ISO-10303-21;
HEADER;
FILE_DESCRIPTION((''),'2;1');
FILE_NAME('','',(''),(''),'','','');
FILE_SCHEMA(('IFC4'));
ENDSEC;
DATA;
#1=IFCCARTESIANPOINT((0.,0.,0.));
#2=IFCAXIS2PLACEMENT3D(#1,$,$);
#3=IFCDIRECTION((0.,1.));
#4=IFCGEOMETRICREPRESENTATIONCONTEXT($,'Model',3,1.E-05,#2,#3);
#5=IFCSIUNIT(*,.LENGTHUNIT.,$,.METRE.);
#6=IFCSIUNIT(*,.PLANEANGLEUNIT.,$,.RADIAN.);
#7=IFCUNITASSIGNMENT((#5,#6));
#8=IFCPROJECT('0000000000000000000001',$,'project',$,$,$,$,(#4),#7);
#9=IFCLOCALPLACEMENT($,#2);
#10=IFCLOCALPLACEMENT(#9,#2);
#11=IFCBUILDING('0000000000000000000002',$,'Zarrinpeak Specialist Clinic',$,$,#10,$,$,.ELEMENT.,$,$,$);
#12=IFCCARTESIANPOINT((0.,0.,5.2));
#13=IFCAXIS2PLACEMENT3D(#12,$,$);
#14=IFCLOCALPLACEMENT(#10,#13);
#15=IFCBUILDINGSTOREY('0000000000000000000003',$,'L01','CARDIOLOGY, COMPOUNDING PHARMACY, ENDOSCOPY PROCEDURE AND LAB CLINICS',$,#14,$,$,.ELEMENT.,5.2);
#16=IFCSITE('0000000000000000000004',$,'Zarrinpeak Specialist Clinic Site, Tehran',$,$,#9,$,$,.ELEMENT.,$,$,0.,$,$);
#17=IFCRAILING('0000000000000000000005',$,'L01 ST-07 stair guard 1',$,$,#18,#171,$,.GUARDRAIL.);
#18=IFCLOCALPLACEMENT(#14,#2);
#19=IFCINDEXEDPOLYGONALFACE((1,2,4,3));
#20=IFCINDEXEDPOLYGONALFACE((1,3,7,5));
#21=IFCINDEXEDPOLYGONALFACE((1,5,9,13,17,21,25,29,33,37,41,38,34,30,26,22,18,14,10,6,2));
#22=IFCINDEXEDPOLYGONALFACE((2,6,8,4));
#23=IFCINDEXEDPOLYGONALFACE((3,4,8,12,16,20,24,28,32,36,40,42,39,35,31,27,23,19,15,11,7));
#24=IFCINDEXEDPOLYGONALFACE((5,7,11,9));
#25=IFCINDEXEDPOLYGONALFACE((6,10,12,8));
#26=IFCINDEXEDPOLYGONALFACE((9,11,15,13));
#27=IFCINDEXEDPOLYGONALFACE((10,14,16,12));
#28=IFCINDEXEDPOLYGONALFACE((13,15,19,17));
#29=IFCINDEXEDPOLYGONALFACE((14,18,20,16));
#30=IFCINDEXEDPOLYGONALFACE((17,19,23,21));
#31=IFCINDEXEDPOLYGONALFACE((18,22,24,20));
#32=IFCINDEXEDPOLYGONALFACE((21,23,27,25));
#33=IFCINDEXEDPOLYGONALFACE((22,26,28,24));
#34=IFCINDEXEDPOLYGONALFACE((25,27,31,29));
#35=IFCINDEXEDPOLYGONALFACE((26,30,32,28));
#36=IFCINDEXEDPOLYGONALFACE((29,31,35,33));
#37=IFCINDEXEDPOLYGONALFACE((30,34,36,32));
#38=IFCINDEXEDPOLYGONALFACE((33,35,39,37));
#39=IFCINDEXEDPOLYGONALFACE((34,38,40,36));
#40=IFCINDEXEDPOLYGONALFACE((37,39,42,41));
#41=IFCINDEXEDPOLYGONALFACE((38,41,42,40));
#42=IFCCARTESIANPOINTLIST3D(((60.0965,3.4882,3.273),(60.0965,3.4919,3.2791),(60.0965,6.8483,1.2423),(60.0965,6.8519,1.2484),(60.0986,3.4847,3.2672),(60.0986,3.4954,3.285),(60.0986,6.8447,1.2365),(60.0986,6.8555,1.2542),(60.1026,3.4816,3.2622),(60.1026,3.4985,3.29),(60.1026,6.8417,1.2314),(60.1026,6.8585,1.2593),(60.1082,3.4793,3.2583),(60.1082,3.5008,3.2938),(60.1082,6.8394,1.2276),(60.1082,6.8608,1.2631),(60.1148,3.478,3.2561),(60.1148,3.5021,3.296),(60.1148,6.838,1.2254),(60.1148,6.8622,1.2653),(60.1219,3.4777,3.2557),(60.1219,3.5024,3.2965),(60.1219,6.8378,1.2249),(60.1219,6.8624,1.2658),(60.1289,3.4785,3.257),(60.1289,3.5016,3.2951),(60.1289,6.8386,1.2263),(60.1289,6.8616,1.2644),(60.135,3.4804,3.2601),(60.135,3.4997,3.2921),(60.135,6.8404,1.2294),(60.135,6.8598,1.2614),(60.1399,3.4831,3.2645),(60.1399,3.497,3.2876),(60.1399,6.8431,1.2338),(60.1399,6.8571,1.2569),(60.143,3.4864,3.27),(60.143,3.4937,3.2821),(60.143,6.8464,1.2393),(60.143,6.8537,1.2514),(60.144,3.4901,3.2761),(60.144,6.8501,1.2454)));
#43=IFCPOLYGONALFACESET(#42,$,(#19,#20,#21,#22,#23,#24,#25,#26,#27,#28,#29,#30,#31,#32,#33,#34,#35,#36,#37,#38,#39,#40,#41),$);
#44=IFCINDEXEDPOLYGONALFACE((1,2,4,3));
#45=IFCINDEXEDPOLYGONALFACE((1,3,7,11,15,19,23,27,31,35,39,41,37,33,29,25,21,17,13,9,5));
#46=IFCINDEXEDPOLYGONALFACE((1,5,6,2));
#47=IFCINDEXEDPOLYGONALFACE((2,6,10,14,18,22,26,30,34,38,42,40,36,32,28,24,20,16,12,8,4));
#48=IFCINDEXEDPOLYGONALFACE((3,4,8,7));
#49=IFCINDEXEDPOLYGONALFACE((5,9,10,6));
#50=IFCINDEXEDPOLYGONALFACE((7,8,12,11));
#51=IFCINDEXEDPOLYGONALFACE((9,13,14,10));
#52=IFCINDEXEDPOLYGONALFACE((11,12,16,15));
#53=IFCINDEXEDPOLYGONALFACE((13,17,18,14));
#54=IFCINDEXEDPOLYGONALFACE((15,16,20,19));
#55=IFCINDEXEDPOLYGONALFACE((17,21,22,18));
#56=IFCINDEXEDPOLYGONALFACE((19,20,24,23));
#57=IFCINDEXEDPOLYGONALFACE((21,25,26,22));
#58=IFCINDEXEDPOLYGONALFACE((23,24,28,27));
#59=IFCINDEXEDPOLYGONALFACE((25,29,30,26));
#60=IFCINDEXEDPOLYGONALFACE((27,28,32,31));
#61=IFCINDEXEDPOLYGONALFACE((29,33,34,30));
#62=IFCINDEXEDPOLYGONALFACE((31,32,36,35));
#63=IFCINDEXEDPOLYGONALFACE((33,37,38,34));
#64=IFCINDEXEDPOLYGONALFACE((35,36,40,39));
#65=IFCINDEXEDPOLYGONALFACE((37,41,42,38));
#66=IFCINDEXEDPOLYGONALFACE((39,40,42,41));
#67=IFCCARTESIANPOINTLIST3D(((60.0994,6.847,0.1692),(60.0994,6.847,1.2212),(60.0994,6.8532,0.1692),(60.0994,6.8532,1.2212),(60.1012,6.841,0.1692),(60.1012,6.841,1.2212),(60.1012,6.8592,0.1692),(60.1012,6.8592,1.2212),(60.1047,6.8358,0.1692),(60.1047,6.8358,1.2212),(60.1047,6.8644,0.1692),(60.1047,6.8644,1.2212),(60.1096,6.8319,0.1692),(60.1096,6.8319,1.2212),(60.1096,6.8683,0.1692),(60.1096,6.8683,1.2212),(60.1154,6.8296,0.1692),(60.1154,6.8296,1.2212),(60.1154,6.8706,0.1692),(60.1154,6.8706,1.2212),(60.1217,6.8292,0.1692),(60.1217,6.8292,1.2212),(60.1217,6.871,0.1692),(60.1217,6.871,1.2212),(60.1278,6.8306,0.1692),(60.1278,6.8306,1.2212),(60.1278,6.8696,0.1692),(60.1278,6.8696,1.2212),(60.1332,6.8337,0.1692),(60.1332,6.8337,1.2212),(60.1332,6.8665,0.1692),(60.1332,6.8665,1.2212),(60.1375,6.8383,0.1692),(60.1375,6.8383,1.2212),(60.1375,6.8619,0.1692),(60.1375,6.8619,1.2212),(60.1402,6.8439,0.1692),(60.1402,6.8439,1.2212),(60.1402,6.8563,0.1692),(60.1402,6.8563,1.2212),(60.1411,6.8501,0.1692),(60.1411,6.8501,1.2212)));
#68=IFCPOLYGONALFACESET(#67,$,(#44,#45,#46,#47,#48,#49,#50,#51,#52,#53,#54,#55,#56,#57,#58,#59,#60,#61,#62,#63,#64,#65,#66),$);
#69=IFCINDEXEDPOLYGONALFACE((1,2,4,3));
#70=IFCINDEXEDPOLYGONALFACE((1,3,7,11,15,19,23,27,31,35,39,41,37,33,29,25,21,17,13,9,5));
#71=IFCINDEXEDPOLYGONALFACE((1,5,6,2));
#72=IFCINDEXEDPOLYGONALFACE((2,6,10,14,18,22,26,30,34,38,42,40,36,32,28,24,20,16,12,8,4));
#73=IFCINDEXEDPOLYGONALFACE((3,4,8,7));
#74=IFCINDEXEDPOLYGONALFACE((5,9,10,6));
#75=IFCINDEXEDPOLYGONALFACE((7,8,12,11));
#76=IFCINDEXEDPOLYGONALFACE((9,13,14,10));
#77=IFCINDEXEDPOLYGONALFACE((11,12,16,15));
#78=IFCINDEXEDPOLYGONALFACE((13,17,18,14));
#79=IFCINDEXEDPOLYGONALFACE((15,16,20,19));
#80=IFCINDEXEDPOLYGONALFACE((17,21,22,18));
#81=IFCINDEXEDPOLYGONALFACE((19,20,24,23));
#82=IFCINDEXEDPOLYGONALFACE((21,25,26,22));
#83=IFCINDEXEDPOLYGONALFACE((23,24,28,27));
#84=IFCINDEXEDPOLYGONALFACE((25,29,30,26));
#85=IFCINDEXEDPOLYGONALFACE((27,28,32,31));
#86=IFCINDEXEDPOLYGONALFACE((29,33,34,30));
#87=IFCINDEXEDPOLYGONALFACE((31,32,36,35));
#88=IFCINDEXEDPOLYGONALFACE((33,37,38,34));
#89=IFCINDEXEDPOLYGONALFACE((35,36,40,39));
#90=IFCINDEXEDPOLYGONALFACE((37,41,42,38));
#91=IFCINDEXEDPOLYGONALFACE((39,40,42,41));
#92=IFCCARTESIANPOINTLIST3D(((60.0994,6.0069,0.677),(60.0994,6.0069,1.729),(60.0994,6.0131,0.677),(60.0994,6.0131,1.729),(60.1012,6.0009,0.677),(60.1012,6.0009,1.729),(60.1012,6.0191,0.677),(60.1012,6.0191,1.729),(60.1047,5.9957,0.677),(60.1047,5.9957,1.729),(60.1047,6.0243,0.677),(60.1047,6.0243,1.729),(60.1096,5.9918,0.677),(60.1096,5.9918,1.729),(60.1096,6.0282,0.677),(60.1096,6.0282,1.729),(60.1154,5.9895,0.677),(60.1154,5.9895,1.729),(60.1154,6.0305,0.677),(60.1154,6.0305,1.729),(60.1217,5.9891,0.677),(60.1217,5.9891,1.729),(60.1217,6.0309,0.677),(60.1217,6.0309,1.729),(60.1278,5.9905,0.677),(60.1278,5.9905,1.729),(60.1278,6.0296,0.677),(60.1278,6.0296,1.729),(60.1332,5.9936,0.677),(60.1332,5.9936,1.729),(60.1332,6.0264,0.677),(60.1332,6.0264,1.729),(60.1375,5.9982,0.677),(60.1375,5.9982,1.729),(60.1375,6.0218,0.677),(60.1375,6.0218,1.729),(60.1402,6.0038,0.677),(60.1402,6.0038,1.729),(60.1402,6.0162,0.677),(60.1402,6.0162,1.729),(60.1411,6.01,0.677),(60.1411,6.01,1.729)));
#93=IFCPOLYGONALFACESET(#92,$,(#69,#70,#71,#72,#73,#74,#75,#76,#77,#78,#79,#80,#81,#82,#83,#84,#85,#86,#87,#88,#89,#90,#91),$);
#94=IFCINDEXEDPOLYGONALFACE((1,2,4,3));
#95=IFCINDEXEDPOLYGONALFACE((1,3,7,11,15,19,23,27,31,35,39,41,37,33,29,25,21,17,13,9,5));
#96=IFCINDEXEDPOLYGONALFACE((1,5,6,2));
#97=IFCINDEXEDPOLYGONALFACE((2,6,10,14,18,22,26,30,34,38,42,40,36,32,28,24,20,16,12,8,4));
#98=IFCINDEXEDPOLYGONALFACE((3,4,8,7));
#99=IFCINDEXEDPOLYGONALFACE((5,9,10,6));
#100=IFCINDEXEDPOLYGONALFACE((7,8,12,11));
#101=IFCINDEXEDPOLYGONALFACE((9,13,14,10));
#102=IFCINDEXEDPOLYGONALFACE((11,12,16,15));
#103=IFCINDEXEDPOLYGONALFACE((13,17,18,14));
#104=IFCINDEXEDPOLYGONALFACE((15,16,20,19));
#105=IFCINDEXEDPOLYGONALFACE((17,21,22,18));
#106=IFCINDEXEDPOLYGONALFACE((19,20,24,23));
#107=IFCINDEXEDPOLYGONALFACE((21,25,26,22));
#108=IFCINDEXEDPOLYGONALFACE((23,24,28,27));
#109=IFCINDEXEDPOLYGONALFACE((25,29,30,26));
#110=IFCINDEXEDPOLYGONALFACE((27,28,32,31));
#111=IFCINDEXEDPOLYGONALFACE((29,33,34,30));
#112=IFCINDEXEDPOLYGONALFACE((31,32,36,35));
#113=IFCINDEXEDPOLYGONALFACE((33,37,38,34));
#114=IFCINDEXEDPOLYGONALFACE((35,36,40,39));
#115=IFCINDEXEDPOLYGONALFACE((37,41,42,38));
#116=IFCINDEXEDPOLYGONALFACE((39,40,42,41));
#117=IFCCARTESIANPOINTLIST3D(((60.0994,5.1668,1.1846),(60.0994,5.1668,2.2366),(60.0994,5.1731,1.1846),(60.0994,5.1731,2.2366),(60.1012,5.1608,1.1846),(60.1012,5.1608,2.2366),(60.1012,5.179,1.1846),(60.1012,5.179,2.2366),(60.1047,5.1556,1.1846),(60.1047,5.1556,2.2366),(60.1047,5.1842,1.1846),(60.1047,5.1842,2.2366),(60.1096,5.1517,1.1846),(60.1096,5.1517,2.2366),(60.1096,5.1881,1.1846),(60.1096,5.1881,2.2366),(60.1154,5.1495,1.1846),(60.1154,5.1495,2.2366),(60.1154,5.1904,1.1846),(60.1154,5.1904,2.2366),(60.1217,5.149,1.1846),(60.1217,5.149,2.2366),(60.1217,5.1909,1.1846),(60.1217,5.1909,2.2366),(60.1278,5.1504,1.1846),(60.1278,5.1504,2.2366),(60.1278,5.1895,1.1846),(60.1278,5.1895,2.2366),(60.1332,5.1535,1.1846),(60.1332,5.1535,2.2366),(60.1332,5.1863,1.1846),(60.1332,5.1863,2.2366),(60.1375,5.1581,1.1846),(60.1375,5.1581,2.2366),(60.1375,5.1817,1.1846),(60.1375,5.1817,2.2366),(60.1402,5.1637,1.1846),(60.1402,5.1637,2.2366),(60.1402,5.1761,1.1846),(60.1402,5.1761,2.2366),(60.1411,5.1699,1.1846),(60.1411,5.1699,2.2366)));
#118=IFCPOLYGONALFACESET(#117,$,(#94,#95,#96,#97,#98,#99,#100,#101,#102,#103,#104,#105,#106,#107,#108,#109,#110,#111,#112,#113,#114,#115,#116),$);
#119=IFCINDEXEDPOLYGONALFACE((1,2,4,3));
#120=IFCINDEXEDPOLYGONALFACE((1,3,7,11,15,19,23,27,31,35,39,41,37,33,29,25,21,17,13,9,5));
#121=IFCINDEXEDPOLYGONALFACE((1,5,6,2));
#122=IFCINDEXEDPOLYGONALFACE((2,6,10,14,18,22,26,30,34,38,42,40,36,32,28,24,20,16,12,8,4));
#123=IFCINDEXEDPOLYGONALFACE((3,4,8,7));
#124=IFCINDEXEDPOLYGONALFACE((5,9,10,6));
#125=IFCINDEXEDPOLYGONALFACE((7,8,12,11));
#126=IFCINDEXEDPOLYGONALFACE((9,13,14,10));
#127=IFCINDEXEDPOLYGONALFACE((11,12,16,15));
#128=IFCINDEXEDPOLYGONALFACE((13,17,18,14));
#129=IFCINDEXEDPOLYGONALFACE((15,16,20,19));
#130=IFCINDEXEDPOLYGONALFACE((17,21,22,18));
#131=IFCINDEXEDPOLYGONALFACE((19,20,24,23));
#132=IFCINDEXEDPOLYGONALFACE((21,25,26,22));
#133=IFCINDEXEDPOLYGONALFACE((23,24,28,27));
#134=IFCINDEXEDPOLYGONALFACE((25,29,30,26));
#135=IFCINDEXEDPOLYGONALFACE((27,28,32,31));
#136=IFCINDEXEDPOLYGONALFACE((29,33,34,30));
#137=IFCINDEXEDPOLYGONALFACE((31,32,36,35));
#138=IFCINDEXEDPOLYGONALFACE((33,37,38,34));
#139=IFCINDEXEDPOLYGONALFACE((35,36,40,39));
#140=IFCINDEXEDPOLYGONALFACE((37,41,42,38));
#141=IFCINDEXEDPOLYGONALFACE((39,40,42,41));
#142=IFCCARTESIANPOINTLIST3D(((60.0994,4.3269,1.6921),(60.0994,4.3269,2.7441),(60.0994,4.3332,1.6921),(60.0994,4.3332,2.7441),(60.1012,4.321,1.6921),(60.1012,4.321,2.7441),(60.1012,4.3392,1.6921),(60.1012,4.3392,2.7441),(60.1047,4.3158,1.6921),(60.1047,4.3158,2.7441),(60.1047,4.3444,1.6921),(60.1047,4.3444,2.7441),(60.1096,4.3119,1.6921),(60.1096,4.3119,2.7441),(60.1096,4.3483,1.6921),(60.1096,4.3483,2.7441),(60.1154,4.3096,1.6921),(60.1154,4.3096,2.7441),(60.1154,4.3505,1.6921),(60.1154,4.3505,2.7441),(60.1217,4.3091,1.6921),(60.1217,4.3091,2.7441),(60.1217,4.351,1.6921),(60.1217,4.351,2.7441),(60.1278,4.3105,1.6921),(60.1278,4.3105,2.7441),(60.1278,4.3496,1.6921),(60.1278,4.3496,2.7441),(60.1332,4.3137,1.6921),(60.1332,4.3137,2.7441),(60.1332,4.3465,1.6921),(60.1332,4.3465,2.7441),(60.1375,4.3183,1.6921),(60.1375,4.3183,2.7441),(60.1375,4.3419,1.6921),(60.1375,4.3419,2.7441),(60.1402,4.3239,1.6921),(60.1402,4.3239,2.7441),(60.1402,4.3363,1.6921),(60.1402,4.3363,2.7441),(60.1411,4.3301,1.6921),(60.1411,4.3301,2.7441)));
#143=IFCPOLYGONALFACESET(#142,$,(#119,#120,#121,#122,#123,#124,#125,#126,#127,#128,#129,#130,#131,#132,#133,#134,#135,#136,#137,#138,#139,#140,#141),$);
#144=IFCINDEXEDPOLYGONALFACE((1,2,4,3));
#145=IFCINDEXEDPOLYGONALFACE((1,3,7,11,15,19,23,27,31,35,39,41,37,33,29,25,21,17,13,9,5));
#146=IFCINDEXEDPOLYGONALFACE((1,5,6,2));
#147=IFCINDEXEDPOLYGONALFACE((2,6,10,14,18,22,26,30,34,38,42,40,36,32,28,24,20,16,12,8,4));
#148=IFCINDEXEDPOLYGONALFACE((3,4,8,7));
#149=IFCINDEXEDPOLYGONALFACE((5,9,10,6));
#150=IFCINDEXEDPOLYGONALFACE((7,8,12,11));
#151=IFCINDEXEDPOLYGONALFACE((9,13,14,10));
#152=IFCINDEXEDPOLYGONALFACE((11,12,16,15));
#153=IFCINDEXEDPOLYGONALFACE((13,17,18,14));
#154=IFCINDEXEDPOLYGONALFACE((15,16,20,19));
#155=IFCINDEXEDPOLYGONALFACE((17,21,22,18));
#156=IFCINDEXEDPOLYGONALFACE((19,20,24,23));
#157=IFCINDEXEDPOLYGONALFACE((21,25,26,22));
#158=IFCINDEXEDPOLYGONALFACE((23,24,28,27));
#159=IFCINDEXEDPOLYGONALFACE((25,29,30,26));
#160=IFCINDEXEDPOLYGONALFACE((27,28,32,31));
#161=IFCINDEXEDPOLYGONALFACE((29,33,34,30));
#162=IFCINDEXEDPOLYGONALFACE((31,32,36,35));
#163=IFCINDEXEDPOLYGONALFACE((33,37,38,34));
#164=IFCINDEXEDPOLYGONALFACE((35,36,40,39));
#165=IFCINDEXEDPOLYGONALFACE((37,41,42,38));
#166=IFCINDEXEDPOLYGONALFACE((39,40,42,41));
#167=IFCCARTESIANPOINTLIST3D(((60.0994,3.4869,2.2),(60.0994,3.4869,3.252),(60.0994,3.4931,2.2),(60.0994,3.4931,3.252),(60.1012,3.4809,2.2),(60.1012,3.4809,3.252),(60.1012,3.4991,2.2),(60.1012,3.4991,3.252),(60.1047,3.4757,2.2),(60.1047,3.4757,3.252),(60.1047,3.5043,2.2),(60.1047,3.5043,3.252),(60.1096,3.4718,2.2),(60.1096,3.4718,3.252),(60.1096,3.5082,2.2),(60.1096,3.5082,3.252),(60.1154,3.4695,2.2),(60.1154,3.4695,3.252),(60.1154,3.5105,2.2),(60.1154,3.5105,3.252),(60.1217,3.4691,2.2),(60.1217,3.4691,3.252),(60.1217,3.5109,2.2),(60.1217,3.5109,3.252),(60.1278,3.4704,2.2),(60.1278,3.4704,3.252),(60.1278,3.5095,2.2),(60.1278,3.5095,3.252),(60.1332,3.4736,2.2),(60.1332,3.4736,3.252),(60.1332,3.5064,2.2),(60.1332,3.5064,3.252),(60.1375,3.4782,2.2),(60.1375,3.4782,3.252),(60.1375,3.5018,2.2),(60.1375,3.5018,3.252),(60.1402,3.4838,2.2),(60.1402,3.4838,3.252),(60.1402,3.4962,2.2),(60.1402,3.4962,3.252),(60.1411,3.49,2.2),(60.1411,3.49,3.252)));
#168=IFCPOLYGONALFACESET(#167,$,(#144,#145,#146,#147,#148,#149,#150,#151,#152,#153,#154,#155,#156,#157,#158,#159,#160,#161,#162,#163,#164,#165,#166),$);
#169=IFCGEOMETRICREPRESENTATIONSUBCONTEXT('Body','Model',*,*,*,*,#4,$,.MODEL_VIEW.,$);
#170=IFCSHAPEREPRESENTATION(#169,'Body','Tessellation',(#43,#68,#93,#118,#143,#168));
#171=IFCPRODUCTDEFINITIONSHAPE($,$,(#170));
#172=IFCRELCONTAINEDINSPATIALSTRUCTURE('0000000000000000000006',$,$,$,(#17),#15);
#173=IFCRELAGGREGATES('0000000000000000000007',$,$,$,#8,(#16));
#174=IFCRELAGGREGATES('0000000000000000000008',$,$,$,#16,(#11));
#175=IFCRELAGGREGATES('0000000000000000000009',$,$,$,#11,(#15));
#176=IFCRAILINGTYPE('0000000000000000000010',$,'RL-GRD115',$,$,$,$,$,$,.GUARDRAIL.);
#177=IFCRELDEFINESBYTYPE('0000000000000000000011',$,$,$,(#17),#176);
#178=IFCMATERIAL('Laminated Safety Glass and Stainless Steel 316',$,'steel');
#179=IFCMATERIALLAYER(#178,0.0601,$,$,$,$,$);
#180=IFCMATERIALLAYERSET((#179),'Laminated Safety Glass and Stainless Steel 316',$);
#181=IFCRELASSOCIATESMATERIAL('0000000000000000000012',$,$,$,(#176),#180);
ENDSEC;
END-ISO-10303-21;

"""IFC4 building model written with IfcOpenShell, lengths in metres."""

from ifc_helpers import new_model, si_unit, direction, frame, origin, origin_2d, place, context, subcontext, project, spatial, circle, extrude, material, layer, layer_set, type_object, element, save


model = new_model("IFC4")

# Units and contexts
model_context = context("Model", 3, precision=1e-05, world=origin(), true_north=direction((0.0, 1.0)))
body_context = subcontext(model_context, "Body", "Model", "MODEL_VIEW")
ifc_project = project(units=[si_unit("LENGTHUNIT", "METRE"), si_unit("PLANEANGLEUNIT", "RADIAN")], contexts=[model_context])

# Site, building, storey
site_placement = place(None, origin())
site = spatial("IfcSite", under=ifc_project, at=site_placement, Name="Zarrinpeak Specialist Clinic Site, Tehran", CompositionType="ELEMENT", RefElevation=0.0)
building_placement = place(site_placement, origin())
building = spatial("IfcBuilding", under=site, at=building_placement, Name="Zarrinpeak Specialist Clinic", CompositionType="ELEMENT")
storey_placement = place(building_placement, frame((0.0, 0.0, 5.2)))
storey = spatial("IfcBuildingStorey", under=building, at=storey_placement, Name="L01", Description="CARDIOLOGY, COMPOUNDING PHARMACY, ENDOSCOPY PROCEDURE AND LAB CLINICS", CompositionType="ELEMENT", Elevation=5.2)

# Railing
ifc_material_1 = material(Name="Laminated Safety Glass and Stainless Steel 316", Category="steel")
ifc_layer_1 = layer(ifc_material_1, 0.0601)
ifc_layer_set_1 = layer_set([ifc_layer_1], Name="Laminated Safety Glass and Stainless Steel 316")
railing_type_1 = type_object("IfcRailingType", Name="RL-GRD115", PredefinedType="GUARDRAIL", material=ifc_layer_set_1)
railing_1_placement = place(storey_placement, frame((60.1201, 6.8501, 0.1692)))
element("IfcRailing", 1, at=railing_1_placement, inside=storey, type_object=railing_type_1, Name="L01 ST-07 stair guard 1", PredefinedType="GUARDRAIL", context=body_context, shape_type="SweptSolid", body=[
    extrude(circle(Radius=0.0239, at=origin_2d()), frame((0.0, 0.0, 1.0762), z_axis=(0.0, -0.855837, 0.517246), x_axis=(1.0, 0.0, 0.0)), (0.0, 0.0, 1.0), 3.926),
    extrude(circle(Radius=0.021, at=origin_2d()), origin(), (0.0, 0.0, 1.0), 1.052),
    extrude(circle(Radius=0.021, at=origin_2d()), frame((0.0, -0.8401, 0.5078)), (0.0, 0.0, 1.0), 1.052),
    extrude(circle(Radius=0.021, at=origin_2d()), frame((0.0, -1.6802, 1.0154)), (0.0, 0.0, 1.0), 1.052),
    extrude(circle(Radius=0.021, at=origin_2d()), frame((0.0, -2.52, 1.5229)), (0.0, 0.0, 1.0), 1.052),
    extrude(circle(Radius=0.021, at=origin_2d()), frame((0.0, -3.3601, 2.0308)), (0.0, 0.0, 1.0), 1.052),
])

save(model, "model.ifc")
